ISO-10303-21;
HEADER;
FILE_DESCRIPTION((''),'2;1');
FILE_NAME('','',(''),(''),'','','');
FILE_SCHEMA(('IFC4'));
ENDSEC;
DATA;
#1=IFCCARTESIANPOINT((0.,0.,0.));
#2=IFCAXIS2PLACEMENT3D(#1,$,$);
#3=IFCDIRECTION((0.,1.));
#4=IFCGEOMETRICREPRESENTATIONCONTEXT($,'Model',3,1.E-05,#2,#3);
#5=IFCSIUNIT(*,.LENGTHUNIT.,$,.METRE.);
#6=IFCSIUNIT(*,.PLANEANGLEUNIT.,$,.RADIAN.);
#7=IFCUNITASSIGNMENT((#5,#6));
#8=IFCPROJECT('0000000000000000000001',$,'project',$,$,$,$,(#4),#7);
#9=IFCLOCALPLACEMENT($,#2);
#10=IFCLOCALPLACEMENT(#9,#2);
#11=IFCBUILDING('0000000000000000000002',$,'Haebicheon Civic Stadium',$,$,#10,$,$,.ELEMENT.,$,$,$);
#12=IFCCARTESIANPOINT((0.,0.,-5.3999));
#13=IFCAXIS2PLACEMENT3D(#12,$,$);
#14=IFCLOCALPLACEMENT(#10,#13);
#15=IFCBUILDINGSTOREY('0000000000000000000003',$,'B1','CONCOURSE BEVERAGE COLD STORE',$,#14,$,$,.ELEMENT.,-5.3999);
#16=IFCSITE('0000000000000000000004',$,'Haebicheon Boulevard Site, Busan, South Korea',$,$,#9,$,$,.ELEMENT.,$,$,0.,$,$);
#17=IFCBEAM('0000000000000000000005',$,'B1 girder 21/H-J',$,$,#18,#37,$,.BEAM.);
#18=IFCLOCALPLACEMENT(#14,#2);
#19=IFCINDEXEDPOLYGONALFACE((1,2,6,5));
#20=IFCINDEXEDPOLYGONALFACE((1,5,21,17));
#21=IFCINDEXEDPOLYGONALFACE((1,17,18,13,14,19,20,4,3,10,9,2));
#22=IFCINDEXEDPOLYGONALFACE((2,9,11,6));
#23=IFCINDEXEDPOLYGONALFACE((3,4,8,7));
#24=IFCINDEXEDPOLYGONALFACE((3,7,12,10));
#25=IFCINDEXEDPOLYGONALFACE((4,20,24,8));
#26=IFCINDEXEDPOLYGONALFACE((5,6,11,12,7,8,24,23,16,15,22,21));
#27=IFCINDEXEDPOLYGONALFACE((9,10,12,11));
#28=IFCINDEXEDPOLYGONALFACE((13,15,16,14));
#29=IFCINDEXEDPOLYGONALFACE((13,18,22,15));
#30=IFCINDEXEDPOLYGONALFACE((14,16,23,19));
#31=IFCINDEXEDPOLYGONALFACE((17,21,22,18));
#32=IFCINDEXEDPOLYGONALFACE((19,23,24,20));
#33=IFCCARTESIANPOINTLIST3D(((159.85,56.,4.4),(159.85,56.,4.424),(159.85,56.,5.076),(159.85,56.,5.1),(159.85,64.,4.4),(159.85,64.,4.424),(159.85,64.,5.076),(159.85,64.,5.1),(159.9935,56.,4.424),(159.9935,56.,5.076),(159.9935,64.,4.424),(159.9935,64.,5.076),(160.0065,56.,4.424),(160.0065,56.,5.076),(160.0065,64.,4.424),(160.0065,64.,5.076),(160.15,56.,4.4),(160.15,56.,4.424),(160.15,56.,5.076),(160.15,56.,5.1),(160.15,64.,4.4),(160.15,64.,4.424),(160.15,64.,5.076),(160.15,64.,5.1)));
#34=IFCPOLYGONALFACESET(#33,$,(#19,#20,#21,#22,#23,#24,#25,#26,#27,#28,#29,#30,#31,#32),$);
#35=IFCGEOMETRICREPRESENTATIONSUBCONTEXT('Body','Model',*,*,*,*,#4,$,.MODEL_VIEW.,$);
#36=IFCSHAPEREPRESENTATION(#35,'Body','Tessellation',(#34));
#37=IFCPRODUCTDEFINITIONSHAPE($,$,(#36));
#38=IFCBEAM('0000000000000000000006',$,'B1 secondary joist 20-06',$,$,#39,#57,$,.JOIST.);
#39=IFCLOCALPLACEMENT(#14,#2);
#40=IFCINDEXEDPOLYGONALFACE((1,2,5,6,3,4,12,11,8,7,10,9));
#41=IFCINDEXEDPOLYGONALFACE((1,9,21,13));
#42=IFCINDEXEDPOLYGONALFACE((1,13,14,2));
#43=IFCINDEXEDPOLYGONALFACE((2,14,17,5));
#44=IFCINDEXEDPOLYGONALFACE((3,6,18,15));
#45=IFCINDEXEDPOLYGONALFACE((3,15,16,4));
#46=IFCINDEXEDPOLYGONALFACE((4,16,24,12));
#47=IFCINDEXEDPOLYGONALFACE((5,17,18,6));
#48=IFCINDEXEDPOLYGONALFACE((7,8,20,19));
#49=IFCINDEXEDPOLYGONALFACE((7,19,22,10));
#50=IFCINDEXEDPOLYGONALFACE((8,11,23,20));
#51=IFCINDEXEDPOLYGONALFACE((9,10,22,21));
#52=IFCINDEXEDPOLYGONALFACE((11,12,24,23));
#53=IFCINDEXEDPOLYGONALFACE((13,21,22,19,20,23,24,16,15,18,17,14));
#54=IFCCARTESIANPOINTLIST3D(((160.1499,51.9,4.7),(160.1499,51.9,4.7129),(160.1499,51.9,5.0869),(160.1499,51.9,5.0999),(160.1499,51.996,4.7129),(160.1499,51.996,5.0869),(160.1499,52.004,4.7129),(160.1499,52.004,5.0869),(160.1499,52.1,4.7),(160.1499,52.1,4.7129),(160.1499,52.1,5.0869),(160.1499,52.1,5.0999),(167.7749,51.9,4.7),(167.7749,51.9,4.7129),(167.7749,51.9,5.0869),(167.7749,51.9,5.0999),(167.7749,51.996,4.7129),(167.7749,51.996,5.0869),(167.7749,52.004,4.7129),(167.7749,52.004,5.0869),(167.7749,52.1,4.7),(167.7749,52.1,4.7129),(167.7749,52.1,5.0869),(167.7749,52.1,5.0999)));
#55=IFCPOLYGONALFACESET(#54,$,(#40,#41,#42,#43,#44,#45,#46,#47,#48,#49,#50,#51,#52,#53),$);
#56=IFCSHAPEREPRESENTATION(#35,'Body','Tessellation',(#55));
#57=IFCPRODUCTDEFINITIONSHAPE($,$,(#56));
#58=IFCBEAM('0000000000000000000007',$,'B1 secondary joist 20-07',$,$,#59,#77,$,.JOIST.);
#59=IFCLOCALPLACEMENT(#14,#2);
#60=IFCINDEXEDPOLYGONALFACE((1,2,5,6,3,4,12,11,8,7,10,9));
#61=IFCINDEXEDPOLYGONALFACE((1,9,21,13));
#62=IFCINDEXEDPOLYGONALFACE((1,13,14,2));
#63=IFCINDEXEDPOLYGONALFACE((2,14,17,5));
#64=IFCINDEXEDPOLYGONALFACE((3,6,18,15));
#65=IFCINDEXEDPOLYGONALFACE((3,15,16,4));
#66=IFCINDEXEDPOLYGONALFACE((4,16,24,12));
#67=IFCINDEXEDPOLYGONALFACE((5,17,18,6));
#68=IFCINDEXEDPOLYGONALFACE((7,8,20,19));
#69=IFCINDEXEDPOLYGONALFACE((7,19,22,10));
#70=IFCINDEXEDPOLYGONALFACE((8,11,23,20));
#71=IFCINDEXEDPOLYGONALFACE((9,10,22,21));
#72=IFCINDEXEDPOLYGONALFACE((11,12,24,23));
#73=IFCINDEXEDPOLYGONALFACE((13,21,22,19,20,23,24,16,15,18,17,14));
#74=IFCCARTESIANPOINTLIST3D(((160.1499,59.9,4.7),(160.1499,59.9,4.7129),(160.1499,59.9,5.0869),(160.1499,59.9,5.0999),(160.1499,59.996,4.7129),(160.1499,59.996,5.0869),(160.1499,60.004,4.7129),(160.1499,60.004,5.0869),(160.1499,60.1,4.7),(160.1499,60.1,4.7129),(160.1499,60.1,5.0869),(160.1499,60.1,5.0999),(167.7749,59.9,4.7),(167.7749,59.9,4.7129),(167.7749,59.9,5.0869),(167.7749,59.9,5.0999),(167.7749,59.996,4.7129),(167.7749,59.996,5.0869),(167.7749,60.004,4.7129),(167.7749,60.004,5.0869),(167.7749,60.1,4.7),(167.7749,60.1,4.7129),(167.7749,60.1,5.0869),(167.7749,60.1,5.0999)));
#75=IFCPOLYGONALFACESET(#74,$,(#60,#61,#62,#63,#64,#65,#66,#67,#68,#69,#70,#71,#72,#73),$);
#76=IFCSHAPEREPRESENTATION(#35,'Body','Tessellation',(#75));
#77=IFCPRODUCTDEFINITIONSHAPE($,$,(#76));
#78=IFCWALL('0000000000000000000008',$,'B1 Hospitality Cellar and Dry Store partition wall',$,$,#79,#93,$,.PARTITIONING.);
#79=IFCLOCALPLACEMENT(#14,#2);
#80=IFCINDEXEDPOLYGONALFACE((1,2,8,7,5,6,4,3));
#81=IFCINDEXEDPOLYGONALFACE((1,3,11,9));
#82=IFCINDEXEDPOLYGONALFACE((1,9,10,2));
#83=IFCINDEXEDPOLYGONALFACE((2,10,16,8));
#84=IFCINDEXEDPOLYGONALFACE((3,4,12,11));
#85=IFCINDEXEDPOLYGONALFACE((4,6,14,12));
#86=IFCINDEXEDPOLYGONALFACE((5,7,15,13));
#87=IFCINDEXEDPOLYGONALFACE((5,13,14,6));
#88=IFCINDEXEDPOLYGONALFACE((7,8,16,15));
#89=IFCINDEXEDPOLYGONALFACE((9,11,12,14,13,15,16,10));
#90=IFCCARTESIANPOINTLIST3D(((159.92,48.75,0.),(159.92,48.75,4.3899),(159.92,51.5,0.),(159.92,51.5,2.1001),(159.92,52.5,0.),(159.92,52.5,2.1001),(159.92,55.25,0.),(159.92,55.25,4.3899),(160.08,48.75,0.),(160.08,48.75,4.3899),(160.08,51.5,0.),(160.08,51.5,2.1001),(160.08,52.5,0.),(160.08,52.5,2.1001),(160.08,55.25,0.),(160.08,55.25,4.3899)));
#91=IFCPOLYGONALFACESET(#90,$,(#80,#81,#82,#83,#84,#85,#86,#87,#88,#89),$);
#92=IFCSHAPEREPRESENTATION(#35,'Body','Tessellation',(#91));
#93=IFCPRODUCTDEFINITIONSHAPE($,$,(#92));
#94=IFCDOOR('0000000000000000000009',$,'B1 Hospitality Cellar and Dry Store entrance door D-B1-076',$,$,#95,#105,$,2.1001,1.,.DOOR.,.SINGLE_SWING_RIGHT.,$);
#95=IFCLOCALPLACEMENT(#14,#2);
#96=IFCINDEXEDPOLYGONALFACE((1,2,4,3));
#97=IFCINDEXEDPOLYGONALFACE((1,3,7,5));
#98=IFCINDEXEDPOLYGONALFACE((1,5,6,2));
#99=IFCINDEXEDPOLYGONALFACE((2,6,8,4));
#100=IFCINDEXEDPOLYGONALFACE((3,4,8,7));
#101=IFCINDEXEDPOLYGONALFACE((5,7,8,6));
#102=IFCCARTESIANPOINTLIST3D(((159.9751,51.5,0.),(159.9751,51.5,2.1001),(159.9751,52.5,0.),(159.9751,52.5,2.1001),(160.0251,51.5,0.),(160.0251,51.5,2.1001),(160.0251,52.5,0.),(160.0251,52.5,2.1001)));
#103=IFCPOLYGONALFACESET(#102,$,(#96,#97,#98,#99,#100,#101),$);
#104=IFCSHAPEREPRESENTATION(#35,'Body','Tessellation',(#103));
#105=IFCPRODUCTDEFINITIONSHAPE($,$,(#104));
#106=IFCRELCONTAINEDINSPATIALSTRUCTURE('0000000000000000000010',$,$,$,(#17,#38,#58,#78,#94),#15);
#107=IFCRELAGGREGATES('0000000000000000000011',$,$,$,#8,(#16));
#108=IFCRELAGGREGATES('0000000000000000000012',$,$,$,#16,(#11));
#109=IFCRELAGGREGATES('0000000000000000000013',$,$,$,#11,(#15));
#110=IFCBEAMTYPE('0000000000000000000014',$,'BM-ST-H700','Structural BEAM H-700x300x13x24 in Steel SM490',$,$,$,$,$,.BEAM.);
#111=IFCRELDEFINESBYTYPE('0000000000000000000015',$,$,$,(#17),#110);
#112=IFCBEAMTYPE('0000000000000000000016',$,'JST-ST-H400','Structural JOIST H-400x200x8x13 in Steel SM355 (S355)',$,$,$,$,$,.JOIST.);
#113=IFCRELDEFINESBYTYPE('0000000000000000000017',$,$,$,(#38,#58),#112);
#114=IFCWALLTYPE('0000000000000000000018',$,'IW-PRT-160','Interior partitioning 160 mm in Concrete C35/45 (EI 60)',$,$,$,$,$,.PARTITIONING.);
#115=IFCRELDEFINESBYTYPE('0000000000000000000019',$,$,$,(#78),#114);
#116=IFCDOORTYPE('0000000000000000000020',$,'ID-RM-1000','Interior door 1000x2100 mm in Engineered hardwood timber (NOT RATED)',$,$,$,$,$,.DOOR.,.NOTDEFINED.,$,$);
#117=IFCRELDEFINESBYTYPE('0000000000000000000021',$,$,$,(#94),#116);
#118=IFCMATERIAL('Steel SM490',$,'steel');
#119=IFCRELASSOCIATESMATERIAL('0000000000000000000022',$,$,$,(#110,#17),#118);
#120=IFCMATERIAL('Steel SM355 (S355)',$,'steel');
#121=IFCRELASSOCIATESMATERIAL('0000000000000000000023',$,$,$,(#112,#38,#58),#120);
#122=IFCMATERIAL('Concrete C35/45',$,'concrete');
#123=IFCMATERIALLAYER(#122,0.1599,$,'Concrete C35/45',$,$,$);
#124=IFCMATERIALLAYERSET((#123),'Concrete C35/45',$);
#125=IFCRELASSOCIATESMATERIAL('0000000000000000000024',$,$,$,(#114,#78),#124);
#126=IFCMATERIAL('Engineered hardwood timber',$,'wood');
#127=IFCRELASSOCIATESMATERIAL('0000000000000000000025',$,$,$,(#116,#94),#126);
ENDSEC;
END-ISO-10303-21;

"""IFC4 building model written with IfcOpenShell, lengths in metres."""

from ifc_helpers import new_model, si_unit, direction, frame, frame_2d, origin, origin_2d, place, context, subcontext, project, spatial, rectangle, i_section, extrude, material, layer, layer_set, material_profile, profile_set, type_object, element, fill, save


model = new_model("IFC4")

# Units and contexts
model_context = context("Model", 3, precision=1e-05, world=origin(), true_north=direction((0.0, 1.0)))
body_context = subcontext(model_context, "Body", "Model", "MODEL_VIEW")
ifc_project = project(units=[si_unit("LENGTHUNIT", "METRE"), si_unit("PLANEANGLEUNIT", "RADIAN")], contexts=[model_context])

# Site, building, storey
site_placement = place(None, origin())
site = spatial("IfcSite", under=ifc_project, at=site_placement, Name="Haebicheon Boulevard Site, Busan, South Korea", CompositionType="ELEMENT", RefElevation=0.0)
building_placement = place(site_placement, origin())
building = spatial("IfcBuilding", under=site, at=building_placement, Name="Haebicheon Civic Stadium", CompositionType="ELEMENT")
storey_placement = place(building_placement, frame((0.0, 0.0, -5.3999)))
storey = spatial("IfcBuildingStorey", under=building, at=storey_placement, Name="B1", Description="CONCOURSE BEVERAGE COLD STORE", CompositionType="ELEMENT", Elevation=-5.3999)

# Beams
ifc_material_1 = material(Name="Steel SM490", Category="steel")
ifc_material_profile_1 = material_profile(ifc_material_1, i_section(OverallWidth=0.3, OverallDepth=0.7, WebThickness=0.0129, FlangeThickness=0.0239, at=origin_2d()), Name="H-700x300x13x24")
ifc_profile_set_1 = profile_set([ifc_material_profile_1], Name="Steel SM490")
beam_type_1 = type_object("IfcBeamType", Name="BM-ST-H700", Description="Structural BEAM H-700x300x13x24 in Steel SM490", PredefinedType="BEAM", material=ifc_profile_set_1)
beam_1_placement = place(storey_placement, frame((160.0, 56.0, 4.75), z_axis=(0.0, 1.0, 0.0), x_axis=(-1.0, 0.0, 0.0)))
element("IfcBeam", 1, at=beam_1_placement, inside=storey, type_object=beam_type_1, material=ifc_profile_set_1, Name="B1 girder 21/H-J", PredefinedType="BEAM", context=body_context, shape_type="SweptSolid", body=[
    extrude(i_section(OverallWidth=0.3, OverallDepth=0.7, WebThickness=0.0129, FlangeThickness=0.0239, at=origin_2d()), origin(), (0.0, 0.0, 1.0), 8.0),
])
ifc_material_2 = material(Name="Steel SM355 (S355)", Category="steel")
ifc_material_profile_2 = material_profile(ifc_material_2, i_section(OverallWidth=0.2, OverallDepth=0.3999, WebThickness=0.0081, FlangeThickness=0.0129, at=origin_2d()), Name="H-400x200x8x13")
ifc_profile_set_2 = profile_set([ifc_material_profile_2], Name="Steel SM355 (S355)")
beam_type_2 = type_object("IfcBeamType", Name="JST-ST-H400", Description="Structural JOIST H-400x200x8x13 in Steel SM355 (S355)", PredefinedType="JOIST", material=ifc_profile_set_2)
for number, where, z_axis, x_axis, name in (
    (2, (160.1499, 52.0, 4.8999), (1.0, 0.0, 0.0), (0.0, 1.0, 0.0), "B1 secondary joist 20-06"),
    (3, (160.1499, 60.0, 4.8999), (1.0, 0.0, 0.0), (0.0, 1.0, 0.0), "B1 secondary joist 20-07"),
):
    element("IfcBeam", number, at=place(storey_placement, frame(where, z_axis=z_axis, x_axis=x_axis)), inside=storey, type_object=beam_type_2, material=ifc_profile_set_2, Name=name, PredefinedType="JOIST", context=body_context, shape_type="SweptSolid", body=[
        extrude(i_section(OverallWidth=0.2, OverallDepth=0.3999, WebThickness=0.0081, FlangeThickness=0.0129, at=origin_2d()), origin(), (0.0, 0.0, 1.0), 7.625),
    ])

# Wall, opening, door
ifc_material_3 = material(Name="Concrete C35/45", Category="concrete")
ifc_layer_1 = layer(ifc_material_3, 0.1599, Name="Concrete C35/45")
ifc_layer_set_1 = layer_set([ifc_layer_1], Name="Concrete C35/45")
wall_type = type_object("IfcWallType", Name="IW-PRT-160", Description="Interior partitioning 160 mm in Concrete C35/45 (EI 60)", PredefinedType="PARTITIONING", material=ifc_layer_set_1)
wall_placement = place(storey_placement, frame((160.0, 48.75, 0.0), z_axis=(0.0, 0.0, 1.0), x_axis=(0.0, 1.0, 0.0)))
wall = element("IfcWall", 4, at=wall_placement, inside=storey, type_object=wall_type, material=ifc_layer_set_1, Name="B1 Hospitality Cellar and Dry Store partition wall", PredefinedType="PARTITIONING", context=body_context, shape_type="SweptSolid", body=[
    extrude(rectangle(XDim=6.5, YDim=0.1599, at=frame_2d((3.25, 0.0))), origin(), (0.0, 0.0, 1.0), 4.3899),
])
opening_placement = place(wall_placement, frame((2.75, 0.0, 0.0)))
opening = element("IfcOpeningElement", 5, at=opening_placement, cuts=wall, PredefinedType="OPENING", context=body_context, shape_type="SweptSolid", body=[
    extrude(rectangle(XDim=1.0, YDim=2.1001, at=frame_2d((0.5, 1.05))), frame((0.0, 0.0898, 0.0), z_axis=(0.0, -1.0, 0.0), x_axis=(1.0, 0.0, 0.0)), (0.0, 0.0, 1.0), 0.1799),
])
ifc_material_4 = material(Name="Engineered hardwood timber", Category="wood")
door_type = type_object("IfcDoorType", Name="ID-RM-1000", Description="Interior door 1000x2100 mm in Engineered hardwood timber (NOT RATED)", OperationType="NOTDEFINED", PredefinedType="DOOR", material=ifc_material_4)
door_placement = place(opening_placement, origin())
door = element("IfcDoor", 6, at=door_placement, inside=storey, type_object=door_type, material=ifc_material_4, Name="B1 Hospitality Cellar and Dry Store entrance door D-B1-076", OperationType="SINGLE_SWING_RIGHT", OverallHeight=2.1001, OverallWidth=1.0, PredefinedType="DOOR", context=body_context, shape_type="SweptSolid", body=[
    extrude(rectangle(XDim=1.0, YDim=2.1001, at=frame_2d((0.5, 1.05))), frame((0.0, 0.0249, 0.0), z_axis=(0.0, -1.0, 0.0), x_axis=(1.0, 0.0, 0.0)), (0.0, 0.0, 1.0), 0.05),
])
fill(opening, door)

save(model, "model.ifc")
